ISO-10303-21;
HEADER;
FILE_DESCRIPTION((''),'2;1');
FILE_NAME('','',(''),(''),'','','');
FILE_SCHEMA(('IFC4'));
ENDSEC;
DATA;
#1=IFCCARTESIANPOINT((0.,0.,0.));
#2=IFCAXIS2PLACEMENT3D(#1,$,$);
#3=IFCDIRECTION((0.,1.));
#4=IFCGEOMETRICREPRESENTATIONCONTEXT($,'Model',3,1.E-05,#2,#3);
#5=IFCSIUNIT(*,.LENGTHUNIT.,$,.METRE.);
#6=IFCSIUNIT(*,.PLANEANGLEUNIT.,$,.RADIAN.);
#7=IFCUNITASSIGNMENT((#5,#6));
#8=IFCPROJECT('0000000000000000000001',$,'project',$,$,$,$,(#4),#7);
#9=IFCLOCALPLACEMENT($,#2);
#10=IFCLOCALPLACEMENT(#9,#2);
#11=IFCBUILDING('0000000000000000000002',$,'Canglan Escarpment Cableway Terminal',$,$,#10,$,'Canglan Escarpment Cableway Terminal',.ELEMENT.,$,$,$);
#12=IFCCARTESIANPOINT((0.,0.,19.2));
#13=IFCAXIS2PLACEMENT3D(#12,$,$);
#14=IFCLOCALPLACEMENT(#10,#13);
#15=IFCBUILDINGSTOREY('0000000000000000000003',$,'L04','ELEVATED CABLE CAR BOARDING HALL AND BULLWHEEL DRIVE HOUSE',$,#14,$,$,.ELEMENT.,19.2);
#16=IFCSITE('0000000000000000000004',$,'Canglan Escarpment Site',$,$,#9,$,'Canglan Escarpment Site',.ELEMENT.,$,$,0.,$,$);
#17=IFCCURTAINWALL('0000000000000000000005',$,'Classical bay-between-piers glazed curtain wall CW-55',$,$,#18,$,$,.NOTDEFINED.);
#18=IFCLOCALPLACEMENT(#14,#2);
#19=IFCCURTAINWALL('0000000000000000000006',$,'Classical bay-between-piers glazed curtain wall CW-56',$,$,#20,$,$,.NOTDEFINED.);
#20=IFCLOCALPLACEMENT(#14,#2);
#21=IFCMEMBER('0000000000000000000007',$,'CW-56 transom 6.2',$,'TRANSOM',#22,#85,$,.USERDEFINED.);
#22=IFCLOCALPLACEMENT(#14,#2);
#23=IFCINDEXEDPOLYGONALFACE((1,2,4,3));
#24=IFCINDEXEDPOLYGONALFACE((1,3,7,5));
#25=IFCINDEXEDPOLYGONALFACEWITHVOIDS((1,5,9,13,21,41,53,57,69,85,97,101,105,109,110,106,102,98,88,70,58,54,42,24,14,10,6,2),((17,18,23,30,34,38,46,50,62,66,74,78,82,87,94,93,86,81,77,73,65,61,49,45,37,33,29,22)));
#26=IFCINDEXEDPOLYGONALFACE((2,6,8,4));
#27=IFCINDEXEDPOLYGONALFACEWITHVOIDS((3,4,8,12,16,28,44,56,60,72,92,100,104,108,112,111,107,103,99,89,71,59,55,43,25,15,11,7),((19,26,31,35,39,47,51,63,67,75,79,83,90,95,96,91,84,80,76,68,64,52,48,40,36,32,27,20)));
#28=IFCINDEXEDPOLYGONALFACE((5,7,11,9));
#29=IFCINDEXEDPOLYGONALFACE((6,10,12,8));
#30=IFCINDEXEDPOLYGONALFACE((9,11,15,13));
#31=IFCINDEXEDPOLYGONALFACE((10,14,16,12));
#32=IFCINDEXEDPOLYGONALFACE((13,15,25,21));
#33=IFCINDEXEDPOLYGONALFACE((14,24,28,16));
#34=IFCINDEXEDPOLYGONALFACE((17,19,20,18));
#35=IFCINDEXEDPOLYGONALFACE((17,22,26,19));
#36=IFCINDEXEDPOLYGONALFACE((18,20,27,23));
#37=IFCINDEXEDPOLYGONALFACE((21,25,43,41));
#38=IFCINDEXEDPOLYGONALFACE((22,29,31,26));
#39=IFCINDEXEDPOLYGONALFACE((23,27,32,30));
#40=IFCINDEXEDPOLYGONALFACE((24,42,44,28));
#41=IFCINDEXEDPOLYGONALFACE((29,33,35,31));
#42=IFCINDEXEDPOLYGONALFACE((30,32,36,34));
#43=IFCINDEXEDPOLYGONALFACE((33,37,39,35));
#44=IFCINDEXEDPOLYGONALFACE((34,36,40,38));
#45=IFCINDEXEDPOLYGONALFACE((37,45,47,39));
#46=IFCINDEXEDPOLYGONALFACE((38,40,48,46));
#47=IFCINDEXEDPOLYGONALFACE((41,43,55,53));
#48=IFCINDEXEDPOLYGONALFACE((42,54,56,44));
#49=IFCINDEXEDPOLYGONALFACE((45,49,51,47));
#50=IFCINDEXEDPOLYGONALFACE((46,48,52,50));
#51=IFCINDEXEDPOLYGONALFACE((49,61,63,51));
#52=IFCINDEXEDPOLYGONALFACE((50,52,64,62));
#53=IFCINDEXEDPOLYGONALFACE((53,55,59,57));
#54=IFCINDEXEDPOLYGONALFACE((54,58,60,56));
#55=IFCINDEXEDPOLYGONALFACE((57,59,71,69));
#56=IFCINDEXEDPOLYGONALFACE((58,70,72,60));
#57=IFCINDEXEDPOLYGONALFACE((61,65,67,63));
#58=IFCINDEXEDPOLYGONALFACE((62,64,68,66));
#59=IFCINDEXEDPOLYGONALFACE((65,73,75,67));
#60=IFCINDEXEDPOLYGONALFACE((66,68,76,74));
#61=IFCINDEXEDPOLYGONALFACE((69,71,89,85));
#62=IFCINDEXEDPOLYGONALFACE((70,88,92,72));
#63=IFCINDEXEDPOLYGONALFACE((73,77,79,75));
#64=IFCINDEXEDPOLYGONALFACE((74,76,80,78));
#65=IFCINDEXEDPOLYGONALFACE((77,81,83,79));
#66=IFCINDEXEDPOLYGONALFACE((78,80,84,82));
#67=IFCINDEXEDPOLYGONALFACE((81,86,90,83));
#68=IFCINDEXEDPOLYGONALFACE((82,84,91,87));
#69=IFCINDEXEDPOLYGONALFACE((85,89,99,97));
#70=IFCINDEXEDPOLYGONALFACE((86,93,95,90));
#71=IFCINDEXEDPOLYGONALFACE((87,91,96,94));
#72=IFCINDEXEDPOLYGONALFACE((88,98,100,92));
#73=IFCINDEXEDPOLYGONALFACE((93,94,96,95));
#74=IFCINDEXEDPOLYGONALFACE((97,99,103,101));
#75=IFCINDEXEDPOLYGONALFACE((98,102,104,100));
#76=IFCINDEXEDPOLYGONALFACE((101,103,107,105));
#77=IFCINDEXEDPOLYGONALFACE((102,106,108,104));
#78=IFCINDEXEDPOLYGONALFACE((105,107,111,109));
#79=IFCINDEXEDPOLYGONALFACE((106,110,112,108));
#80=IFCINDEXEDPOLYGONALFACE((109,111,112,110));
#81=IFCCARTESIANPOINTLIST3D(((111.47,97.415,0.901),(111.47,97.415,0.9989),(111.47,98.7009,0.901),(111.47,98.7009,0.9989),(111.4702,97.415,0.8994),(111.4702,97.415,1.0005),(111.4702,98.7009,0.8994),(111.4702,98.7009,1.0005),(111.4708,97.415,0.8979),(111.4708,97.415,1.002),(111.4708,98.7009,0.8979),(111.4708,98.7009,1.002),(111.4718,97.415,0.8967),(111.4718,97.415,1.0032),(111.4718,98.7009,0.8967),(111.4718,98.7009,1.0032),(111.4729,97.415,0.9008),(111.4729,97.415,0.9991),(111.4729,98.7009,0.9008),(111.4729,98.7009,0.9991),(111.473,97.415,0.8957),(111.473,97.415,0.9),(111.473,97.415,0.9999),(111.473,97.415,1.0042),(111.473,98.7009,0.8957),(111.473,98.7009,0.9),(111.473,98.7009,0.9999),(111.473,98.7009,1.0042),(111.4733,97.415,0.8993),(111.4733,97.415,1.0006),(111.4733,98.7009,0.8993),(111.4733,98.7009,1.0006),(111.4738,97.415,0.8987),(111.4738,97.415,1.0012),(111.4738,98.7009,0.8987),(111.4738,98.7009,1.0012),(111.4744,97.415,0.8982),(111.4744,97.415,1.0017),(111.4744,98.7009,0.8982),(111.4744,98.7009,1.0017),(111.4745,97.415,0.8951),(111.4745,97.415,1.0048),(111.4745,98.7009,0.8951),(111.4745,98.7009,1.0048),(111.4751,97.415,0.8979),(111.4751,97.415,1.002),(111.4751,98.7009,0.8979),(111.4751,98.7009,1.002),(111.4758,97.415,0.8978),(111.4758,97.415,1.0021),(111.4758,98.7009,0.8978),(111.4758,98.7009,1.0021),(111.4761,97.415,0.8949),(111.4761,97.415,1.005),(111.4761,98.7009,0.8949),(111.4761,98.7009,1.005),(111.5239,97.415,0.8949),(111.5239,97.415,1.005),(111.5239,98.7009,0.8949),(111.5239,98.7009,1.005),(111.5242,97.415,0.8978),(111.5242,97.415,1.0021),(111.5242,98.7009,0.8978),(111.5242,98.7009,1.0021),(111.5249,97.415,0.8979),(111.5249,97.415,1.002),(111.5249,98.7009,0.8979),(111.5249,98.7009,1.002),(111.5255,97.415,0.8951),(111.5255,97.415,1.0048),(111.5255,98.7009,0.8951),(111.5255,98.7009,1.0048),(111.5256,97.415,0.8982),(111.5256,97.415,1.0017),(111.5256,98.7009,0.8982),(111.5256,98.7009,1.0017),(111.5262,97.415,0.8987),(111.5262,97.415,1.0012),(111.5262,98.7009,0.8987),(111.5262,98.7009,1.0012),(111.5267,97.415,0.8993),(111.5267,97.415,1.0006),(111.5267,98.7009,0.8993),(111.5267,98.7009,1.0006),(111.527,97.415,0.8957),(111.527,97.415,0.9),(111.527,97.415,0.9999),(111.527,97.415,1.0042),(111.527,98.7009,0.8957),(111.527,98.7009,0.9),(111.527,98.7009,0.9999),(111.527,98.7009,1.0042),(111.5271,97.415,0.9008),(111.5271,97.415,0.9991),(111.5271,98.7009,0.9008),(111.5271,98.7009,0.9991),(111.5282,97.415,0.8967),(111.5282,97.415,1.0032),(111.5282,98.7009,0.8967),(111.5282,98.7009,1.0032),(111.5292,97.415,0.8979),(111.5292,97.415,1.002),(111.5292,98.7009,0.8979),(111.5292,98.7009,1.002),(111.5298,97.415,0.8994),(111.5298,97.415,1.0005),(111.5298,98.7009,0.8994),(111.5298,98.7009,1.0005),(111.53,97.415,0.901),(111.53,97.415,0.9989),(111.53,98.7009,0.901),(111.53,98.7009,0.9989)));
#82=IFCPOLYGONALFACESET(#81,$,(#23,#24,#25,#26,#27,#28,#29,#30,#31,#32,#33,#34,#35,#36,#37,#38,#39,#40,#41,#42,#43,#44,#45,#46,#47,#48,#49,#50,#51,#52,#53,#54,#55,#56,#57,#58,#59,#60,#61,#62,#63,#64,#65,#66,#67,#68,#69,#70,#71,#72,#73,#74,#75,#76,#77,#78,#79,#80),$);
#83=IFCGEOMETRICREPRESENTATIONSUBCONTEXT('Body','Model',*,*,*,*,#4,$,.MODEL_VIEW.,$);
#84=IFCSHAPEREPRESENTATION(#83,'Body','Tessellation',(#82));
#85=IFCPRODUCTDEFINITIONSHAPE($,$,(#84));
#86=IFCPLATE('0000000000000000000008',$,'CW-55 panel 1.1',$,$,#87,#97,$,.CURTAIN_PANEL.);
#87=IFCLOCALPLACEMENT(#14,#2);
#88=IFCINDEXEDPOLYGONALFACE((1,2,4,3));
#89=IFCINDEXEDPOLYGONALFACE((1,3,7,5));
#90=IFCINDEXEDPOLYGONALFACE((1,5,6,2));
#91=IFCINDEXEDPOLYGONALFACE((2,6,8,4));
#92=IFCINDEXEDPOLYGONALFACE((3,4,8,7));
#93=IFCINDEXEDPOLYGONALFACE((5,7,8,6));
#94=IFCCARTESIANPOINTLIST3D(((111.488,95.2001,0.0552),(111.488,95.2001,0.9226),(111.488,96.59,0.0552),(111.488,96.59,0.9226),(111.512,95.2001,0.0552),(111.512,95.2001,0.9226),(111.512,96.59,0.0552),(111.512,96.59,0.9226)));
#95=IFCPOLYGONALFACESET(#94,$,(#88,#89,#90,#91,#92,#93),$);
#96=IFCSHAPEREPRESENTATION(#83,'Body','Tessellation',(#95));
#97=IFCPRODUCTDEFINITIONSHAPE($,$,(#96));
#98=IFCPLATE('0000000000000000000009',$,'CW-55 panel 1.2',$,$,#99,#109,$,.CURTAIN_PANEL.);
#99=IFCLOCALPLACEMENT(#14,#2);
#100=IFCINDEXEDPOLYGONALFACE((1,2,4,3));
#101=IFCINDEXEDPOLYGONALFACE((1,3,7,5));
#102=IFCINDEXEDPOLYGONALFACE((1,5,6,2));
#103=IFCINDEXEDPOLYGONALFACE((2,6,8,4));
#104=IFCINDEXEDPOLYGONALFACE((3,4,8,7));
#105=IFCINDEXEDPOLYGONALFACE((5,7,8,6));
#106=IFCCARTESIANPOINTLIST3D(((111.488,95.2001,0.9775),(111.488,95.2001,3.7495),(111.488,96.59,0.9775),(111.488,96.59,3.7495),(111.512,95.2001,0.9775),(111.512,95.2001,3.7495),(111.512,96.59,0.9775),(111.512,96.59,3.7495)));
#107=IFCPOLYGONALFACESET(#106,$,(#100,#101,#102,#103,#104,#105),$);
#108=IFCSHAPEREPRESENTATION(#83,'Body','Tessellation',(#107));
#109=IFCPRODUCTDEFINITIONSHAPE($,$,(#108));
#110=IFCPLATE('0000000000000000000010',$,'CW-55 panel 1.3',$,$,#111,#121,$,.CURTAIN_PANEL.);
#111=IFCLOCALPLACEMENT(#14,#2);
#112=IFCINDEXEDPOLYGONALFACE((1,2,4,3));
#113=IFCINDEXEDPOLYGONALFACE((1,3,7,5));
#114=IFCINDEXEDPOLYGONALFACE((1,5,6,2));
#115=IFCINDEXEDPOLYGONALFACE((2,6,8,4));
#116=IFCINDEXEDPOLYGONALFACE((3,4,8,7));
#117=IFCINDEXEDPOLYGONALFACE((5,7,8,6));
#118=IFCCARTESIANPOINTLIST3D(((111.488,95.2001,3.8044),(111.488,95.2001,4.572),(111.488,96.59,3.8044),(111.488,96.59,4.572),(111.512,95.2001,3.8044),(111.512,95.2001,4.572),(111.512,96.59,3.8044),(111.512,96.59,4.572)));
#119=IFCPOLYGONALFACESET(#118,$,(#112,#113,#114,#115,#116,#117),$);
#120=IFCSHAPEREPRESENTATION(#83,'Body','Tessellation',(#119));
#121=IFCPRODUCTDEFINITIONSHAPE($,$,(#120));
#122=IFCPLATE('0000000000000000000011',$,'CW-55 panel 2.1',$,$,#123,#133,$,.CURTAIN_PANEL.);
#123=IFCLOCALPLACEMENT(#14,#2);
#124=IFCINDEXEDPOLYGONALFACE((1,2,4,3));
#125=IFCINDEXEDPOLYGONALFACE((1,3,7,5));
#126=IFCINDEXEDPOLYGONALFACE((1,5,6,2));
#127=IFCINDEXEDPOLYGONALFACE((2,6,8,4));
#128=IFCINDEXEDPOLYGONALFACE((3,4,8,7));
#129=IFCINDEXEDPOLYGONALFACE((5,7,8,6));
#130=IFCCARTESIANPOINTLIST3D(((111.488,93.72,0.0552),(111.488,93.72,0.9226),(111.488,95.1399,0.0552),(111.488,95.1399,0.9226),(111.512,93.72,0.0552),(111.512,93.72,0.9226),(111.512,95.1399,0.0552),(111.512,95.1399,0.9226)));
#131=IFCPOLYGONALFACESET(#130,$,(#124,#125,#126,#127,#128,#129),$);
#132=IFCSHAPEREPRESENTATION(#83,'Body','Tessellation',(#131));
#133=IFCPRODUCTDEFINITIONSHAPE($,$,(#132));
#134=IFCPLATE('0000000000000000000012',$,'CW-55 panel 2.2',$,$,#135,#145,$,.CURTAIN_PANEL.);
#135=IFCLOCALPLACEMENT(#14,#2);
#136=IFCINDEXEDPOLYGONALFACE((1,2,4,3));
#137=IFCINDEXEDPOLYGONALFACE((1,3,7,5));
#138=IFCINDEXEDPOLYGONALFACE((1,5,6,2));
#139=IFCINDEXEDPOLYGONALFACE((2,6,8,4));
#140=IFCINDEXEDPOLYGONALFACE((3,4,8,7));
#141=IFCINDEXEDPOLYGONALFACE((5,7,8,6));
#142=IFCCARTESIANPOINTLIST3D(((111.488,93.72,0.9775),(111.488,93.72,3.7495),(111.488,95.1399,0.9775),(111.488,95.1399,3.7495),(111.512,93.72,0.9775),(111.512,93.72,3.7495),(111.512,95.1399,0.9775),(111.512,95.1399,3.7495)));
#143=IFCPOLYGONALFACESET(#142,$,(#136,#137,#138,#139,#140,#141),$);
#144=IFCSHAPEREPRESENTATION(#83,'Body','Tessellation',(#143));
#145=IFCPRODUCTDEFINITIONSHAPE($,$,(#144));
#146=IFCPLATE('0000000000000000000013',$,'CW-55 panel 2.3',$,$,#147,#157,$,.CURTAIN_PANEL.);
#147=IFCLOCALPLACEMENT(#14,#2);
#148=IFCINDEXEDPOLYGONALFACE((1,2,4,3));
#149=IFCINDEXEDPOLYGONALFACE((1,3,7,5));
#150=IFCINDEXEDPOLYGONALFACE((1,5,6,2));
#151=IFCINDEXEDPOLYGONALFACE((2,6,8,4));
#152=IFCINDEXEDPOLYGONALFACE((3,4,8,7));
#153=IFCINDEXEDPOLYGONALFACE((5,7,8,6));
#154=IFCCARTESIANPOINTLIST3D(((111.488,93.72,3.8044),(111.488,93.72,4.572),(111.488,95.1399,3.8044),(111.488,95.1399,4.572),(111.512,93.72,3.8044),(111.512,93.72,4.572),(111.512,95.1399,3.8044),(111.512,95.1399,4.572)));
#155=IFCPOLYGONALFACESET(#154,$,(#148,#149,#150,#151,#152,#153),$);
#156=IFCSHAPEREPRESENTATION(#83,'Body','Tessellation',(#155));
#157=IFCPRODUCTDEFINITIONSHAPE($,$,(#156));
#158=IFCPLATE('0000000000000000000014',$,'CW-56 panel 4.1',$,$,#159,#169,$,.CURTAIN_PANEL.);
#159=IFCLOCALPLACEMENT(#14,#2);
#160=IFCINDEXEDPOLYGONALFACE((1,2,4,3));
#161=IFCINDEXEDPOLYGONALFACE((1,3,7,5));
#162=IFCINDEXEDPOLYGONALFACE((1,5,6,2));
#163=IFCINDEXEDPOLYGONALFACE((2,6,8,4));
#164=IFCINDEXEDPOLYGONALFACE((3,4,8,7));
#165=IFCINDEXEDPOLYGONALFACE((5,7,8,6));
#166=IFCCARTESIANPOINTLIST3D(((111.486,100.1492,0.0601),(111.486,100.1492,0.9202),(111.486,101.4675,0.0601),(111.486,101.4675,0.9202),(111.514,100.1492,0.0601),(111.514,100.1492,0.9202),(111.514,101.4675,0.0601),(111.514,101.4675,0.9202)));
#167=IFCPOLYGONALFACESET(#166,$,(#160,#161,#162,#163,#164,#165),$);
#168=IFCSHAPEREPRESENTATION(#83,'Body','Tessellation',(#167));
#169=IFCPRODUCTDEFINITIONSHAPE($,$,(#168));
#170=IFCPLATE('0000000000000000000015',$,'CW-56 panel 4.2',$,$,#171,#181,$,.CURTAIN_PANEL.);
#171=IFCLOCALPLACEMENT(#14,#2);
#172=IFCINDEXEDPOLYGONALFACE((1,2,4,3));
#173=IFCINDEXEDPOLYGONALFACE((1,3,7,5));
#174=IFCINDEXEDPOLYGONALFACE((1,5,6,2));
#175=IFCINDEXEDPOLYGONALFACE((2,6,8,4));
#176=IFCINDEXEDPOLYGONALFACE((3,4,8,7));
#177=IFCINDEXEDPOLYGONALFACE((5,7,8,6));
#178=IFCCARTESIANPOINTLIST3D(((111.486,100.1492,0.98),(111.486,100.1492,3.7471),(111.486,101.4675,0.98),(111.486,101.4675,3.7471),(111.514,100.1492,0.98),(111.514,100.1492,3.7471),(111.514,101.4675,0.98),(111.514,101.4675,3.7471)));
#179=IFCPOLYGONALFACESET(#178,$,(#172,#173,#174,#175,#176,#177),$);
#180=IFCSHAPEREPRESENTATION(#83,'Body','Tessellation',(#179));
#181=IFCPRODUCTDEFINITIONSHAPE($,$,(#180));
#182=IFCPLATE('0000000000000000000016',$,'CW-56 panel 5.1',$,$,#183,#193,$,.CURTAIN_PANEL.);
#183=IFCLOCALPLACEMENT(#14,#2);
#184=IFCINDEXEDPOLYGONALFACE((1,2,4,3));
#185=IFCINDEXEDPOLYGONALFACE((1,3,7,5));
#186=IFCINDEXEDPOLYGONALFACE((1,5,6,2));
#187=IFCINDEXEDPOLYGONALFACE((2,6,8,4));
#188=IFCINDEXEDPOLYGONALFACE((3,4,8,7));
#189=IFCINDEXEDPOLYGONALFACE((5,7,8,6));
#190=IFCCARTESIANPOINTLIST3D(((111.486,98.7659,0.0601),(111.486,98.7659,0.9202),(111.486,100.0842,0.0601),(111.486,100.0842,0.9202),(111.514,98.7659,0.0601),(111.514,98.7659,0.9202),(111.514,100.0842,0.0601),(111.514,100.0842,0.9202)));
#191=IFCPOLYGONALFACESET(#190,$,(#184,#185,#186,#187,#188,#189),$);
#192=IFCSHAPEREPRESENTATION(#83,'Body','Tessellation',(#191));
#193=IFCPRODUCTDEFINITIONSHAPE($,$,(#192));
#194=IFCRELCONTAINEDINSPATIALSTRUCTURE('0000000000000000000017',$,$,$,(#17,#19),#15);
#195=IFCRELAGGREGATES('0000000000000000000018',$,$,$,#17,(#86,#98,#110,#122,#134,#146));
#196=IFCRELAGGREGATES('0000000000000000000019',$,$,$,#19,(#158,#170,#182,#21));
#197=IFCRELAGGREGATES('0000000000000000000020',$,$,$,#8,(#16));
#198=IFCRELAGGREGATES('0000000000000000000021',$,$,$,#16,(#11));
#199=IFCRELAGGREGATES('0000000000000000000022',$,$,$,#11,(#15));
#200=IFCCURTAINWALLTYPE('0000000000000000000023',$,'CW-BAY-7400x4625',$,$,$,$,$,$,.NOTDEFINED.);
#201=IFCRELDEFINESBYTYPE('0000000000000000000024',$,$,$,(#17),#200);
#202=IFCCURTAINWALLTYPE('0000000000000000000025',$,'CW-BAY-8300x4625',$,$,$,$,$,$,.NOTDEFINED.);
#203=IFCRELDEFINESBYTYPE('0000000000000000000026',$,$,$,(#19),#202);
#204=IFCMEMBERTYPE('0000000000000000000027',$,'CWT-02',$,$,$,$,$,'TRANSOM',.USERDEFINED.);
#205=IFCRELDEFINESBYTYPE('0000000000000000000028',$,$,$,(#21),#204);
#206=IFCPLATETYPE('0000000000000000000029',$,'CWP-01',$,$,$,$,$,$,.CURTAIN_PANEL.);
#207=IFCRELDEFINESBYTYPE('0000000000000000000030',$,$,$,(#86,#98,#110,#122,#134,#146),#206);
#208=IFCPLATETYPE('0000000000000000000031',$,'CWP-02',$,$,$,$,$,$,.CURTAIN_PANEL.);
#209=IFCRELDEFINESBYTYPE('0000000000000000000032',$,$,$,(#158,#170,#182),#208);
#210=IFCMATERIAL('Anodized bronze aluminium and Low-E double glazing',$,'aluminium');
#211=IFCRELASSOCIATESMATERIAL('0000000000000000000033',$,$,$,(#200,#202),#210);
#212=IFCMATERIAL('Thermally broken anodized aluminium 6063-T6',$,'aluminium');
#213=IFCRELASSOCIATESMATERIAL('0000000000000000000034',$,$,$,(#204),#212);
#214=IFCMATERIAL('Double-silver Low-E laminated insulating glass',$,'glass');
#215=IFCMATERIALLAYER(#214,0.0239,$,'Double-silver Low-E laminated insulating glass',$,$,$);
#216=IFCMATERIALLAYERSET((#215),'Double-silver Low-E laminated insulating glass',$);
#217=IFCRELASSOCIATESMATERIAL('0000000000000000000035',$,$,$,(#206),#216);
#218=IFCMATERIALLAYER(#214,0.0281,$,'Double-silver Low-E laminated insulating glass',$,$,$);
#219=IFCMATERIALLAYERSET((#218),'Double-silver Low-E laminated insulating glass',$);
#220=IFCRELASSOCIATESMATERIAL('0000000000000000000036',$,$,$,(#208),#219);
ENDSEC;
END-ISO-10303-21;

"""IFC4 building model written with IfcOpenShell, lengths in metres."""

from ifc_helpers import new_model, si_unit, direction, frame, origin, origin_2d, place, context, subcontext, project, spatial, rectangle, hollow_rectangle, extrude, material, layer, layer_set, material_profile, profile_set, type_object, element, aggregate, save


model = new_model("IFC4")

# Units and contexts
model_context = context("Model", 3, precision=1e-05, world=origin(), true_north=direction((0.0, 1.0)))
body_context = subcontext(model_context, "Body", "Model", "MODEL_VIEW")
ifc_project = project(units=[si_unit("LENGTHUNIT", "METRE"), si_unit("PLANEANGLEUNIT", "RADIAN")], contexts=[model_context])

# Site, building, storey
site_placement = place(None, origin())
site = spatial("IfcSite", under=ifc_project, at=site_placement, Name="Canglan Escarpment Site", LongName="Canglan Escarpment Site", CompositionType="ELEMENT", RefElevation=0.0)
building_placement = place(site_placement, origin())
building = spatial("IfcBuilding", under=site, at=building_placement, Name="Canglan Escarpment Cableway Terminal", LongName="Canglan Escarpment Cableway Terminal", CompositionType="ELEMENT")
storey_placement = place(building_placement, frame((0.0, 0.0, 19.2)))
storey = spatial("IfcBuildingStorey", under=building, at=storey_placement, Name="L04", Description="ELEVATED CABLE CAR BOARDING HALL AND BULLWHEEL DRIVE HOUSE", CompositionType="ELEMENT", Elevation=19.2)

# Curtain walls
ifc_material_1 = material(Name="Anodized bronze aluminium and Low-E double glazing", Category="aluminium")
curtain_wall_type_1 = type_object("IfcCurtainWallType", Name="CW-BAY-7400x4625", PredefinedType="NOTDEFINED", material=ifc_material_1)
curtain_wall_1_placement = place(storey_placement, origin())
curtain_wall_1 = element("IfcCurtainWall", 1, at=curtain_wall_1_placement, inside=storey, type_object=curtain_wall_type_1, Name="Classical bay-between-piers glazed curtain wall CW-55", PredefinedType="NOTDEFINED")
ifc_material_2 = material(Name="Thermally broken anodized aluminium 6063-T6", Category="aluminium")
curtain_wall_type_2 = type_object("IfcCurtainWallType", Name="CW-BAY-8300x4625", PredefinedType="NOTDEFINED", material=ifc_material_1)
curtain_wall_2_placement = place(storey_placement, origin())
curtain_wall_2 = element("IfcCurtainWall", 2, at=curtain_wall_2_placement, inside=storey, type_object=curtain_wall_type_2, Name="Classical bay-between-piers glazed curtain wall CW-56", PredefinedType="NOTDEFINED")

# Member
ifc_material_profile_1 = material_profile(ifc_material_2, hollow_rectangle(XDim=0.0601, YDim=0.1101, WallThickness=0.0029, InnerFilletRadius=0.0029, OuterFilletRadius=0.0061, at=origin_2d()), Name="ALU-TRAN 60x110x3")
ifc_profile_set_1 = profile_set([ifc_material_profile_1], Name="Thermally broken anodized aluminium 6063-T6")
member_type_1 = type_object("IfcMemberType", Name="CWT-02", ElementType="TRANSOM", PredefinedType="USERDEFINED", material=ifc_profile_set_1)
member_1_placement = place(storey_placement, frame((111.5, 98.7009, 0.95), z_axis=(0.0, -1.0, 0.0), x_axis=(1.0, 0.0, 0.0)))
member_1 = element("IfcMember", 3, at=member_1_placement, type_object=member_type_1, Name="CW-56 transom 6.2", ObjectType="TRANSOM", PredefinedType="USERDEFINED", context=body_context, shape_type="SweptSolid", body=[
    extrude(hollow_rectangle(XDim=0.0601, YDim=0.1101, WallThickness=0.0029, InnerFilletRadius=0.0029, OuterFilletRadius=0.0061, at=origin_2d()), origin(), (0.0, 0.0, 1.0), 1.2859),
])

# Plates
ifc_material_3 = material(Name="Double-silver Low-E laminated insulating glass", Category="glass")
ifc_layer_1 = layer(ifc_material_3, 0.0239, Name="Double-silver Low-E laminated insulating glass")
ifc_layer_set_1 = layer_set([ifc_layer_1], Name="Double-silver Low-E laminated insulating glass")
plate_type_1 = type_object("IfcPlateType", Name="CWP-01", PredefinedType="CURTAIN_PANEL", material=ifc_layer_set_1)
plate_1_placement = place(storey_placement, frame((111.5, 95.895, 0.0552), z_axis=(0.0, 0.0, 1.0), x_axis=(0.0, -1.0, 0.0)))
plate_1 = element("IfcPlate", 4, at=plate_1_placement, type_object=plate_type_1, Name="CW-55 panel 1.1", PredefinedType="CURTAIN_PANEL", context=body_context, shape_type="SweptSolid", body=[
    extrude(rectangle(XDim=1.3899, YDim=0.0239, at=origin_2d()), origin(), (0.0, 0.0, 1.0), 0.8674),
])
plate_2_placement = place(storey_placement, frame((111.5, 95.895, 0.9775), z_axis=(0.0, 0.0, 1.0), x_axis=(0.0, -1.0, 0.0)))
plate_2 = element("IfcPlate", 5, at=plate_2_placement, type_object=plate_type_1, Name="CW-55 panel 1.2", PredefinedType="CURTAIN_PANEL", context=body_context, shape_type="SweptSolid", body=[
    extrude(rectangle(XDim=1.3899, YDim=0.0239, at=origin_2d()), origin(), (0.0, 0.0, 1.0), 2.772),
])
plate_3_placement = place(storey_placement, frame((111.5, 95.895, 3.8044), z_axis=(0.0, 0.0, 1.0), x_axis=(0.0, -1.0, 0.0)))
plate_3 = element("IfcPlate", 6, at=plate_3_placement, type_object=plate_type_1, Name="CW-55 panel 1.3", PredefinedType="CURTAIN_PANEL", context=body_context, shape_type="SweptSolid", body=[
    extrude(rectangle(XDim=1.3899, YDim=0.0239, at=origin_2d()), origin(), (0.0, 0.0, 1.0), 0.7676),
])
plate_4_placement = place(storey_placement, frame((111.5, 94.4299, 0.0552), z_axis=(0.0, 0.0, 1.0), x_axis=(0.0, -1.0, 0.0)))
plate_4 = element("IfcPlate", 7, at=plate_4_placement, type_object=plate_type_1, Name="CW-55 panel 2.1", PredefinedType="CURTAIN_PANEL", context=body_context, shape_type="SweptSolid", body=[
    extrude(rectangle(XDim=1.4199, YDim=0.0239, at=origin_2d()), origin(), (0.0, 0.0, 1.0), 0.8674),
])
plate_5_placement = place(storey_placement, frame((111.5, 94.4299, 0.9775), z_axis=(0.0, 0.0, 1.0), x_axis=(0.0, -1.0, 0.0)))
plate_5 = element("IfcPlate", 8, at=plate_5_placement, type_object=plate_type_1, Name="CW-55 panel 2.2", PredefinedType="CURTAIN_PANEL", context=body_context, shape_type="SweptSolid", body=[
    extrude(rectangle(XDim=1.4199, YDim=0.0239, at=origin_2d()), origin(), (0.0, 0.0, 1.0), 2.772),
])
plate_6_placement = place(storey_placement, frame((111.5, 94.4299, 3.8044), z_axis=(0.0, 0.0, 1.0), x_axis=(0.0, -1.0, 0.0)))
plate_6 = element("IfcPlate", 9, at=plate_6_placement, type_object=plate_type_1, Name="CW-55 panel 2.3", PredefinedType="CURTAIN_PANEL", context=body_context, shape_type="SweptSolid", body=[
    extrude(rectangle(XDim=1.4199, YDim=0.0239, at=origin_2d()), origin(), (0.0, 0.0, 1.0), 0.7676),
])
aggregate(curtain_wall_1, [plate_1, plate_2, plate_3, plate_4, plate_5, plate_6])
ifc_layer_2 = layer(ifc_material_3, 0.0281, Name="Double-silver Low-E laminated insulating glass")
ifc_layer_set_2 = layer_set([ifc_layer_2], Name="Double-silver Low-E laminated insulating glass")
plate_type_2 = type_object("IfcPlateType", Name="CWP-02", PredefinedType="CURTAIN_PANEL", material=ifc_layer_set_2)
plate_7_placement = place(storey_placement, frame((111.5, 100.8083, 0.0601), z_axis=(0.0, 0.0, 1.0), x_axis=(0.0, -1.0, 0.0)))
plate_7 = element("IfcPlate", 10, at=plate_7_placement, type_object=plate_type_2, Name="CW-56 panel 4.1", PredefinedType="CURTAIN_PANEL", context=body_context, shape_type="SweptSolid", body=[
    extrude(rectangle(XDim=1.3184, YDim=0.0281, at=origin_2d()), origin(), (0.0, 0.0, 1.0), 0.8601),
])
plate_8_placement = place(storey_placement, frame((111.5, 100.8083, 0.98), z_axis=(0.0, 0.0, 1.0), x_axis=(0.0, -1.0, 0.0)))
plate_8 = element("IfcPlate", 11, at=plate_8_placement, type_object=plate_type_2, Name="CW-56 panel 4.2", PredefinedType="CURTAIN_PANEL", context=body_context, shape_type="SweptSolid", body=[
    extrude(rectangle(XDim=1.3184, YDim=0.0281, at=origin_2d()), origin(), (0.0, 0.0, 1.0), 2.7671),
])
plate_9_placement = place(storey_placement, frame((111.5, 99.425, 0.0601), z_axis=(0.0, 0.0, 1.0), x_axis=(0.0, -1.0, 0.0)))
plate_9 = element("IfcPlate", 12, at=plate_9_placement, type_object=plate_type_2, Name="CW-56 panel 5.1", PredefinedType="CURTAIN_PANEL", context=body_context, shape_type="SweptSolid", body=[
    extrude(rectangle(XDim=1.3184, YDim=0.0281, at=origin_2d()), origin(), (0.0, 0.0, 1.0), 0.8601),
])
aggregate(curtain_wall_2, [plate_7, plate_8, plate_9, member_1])

save(model, "model.ifc")
